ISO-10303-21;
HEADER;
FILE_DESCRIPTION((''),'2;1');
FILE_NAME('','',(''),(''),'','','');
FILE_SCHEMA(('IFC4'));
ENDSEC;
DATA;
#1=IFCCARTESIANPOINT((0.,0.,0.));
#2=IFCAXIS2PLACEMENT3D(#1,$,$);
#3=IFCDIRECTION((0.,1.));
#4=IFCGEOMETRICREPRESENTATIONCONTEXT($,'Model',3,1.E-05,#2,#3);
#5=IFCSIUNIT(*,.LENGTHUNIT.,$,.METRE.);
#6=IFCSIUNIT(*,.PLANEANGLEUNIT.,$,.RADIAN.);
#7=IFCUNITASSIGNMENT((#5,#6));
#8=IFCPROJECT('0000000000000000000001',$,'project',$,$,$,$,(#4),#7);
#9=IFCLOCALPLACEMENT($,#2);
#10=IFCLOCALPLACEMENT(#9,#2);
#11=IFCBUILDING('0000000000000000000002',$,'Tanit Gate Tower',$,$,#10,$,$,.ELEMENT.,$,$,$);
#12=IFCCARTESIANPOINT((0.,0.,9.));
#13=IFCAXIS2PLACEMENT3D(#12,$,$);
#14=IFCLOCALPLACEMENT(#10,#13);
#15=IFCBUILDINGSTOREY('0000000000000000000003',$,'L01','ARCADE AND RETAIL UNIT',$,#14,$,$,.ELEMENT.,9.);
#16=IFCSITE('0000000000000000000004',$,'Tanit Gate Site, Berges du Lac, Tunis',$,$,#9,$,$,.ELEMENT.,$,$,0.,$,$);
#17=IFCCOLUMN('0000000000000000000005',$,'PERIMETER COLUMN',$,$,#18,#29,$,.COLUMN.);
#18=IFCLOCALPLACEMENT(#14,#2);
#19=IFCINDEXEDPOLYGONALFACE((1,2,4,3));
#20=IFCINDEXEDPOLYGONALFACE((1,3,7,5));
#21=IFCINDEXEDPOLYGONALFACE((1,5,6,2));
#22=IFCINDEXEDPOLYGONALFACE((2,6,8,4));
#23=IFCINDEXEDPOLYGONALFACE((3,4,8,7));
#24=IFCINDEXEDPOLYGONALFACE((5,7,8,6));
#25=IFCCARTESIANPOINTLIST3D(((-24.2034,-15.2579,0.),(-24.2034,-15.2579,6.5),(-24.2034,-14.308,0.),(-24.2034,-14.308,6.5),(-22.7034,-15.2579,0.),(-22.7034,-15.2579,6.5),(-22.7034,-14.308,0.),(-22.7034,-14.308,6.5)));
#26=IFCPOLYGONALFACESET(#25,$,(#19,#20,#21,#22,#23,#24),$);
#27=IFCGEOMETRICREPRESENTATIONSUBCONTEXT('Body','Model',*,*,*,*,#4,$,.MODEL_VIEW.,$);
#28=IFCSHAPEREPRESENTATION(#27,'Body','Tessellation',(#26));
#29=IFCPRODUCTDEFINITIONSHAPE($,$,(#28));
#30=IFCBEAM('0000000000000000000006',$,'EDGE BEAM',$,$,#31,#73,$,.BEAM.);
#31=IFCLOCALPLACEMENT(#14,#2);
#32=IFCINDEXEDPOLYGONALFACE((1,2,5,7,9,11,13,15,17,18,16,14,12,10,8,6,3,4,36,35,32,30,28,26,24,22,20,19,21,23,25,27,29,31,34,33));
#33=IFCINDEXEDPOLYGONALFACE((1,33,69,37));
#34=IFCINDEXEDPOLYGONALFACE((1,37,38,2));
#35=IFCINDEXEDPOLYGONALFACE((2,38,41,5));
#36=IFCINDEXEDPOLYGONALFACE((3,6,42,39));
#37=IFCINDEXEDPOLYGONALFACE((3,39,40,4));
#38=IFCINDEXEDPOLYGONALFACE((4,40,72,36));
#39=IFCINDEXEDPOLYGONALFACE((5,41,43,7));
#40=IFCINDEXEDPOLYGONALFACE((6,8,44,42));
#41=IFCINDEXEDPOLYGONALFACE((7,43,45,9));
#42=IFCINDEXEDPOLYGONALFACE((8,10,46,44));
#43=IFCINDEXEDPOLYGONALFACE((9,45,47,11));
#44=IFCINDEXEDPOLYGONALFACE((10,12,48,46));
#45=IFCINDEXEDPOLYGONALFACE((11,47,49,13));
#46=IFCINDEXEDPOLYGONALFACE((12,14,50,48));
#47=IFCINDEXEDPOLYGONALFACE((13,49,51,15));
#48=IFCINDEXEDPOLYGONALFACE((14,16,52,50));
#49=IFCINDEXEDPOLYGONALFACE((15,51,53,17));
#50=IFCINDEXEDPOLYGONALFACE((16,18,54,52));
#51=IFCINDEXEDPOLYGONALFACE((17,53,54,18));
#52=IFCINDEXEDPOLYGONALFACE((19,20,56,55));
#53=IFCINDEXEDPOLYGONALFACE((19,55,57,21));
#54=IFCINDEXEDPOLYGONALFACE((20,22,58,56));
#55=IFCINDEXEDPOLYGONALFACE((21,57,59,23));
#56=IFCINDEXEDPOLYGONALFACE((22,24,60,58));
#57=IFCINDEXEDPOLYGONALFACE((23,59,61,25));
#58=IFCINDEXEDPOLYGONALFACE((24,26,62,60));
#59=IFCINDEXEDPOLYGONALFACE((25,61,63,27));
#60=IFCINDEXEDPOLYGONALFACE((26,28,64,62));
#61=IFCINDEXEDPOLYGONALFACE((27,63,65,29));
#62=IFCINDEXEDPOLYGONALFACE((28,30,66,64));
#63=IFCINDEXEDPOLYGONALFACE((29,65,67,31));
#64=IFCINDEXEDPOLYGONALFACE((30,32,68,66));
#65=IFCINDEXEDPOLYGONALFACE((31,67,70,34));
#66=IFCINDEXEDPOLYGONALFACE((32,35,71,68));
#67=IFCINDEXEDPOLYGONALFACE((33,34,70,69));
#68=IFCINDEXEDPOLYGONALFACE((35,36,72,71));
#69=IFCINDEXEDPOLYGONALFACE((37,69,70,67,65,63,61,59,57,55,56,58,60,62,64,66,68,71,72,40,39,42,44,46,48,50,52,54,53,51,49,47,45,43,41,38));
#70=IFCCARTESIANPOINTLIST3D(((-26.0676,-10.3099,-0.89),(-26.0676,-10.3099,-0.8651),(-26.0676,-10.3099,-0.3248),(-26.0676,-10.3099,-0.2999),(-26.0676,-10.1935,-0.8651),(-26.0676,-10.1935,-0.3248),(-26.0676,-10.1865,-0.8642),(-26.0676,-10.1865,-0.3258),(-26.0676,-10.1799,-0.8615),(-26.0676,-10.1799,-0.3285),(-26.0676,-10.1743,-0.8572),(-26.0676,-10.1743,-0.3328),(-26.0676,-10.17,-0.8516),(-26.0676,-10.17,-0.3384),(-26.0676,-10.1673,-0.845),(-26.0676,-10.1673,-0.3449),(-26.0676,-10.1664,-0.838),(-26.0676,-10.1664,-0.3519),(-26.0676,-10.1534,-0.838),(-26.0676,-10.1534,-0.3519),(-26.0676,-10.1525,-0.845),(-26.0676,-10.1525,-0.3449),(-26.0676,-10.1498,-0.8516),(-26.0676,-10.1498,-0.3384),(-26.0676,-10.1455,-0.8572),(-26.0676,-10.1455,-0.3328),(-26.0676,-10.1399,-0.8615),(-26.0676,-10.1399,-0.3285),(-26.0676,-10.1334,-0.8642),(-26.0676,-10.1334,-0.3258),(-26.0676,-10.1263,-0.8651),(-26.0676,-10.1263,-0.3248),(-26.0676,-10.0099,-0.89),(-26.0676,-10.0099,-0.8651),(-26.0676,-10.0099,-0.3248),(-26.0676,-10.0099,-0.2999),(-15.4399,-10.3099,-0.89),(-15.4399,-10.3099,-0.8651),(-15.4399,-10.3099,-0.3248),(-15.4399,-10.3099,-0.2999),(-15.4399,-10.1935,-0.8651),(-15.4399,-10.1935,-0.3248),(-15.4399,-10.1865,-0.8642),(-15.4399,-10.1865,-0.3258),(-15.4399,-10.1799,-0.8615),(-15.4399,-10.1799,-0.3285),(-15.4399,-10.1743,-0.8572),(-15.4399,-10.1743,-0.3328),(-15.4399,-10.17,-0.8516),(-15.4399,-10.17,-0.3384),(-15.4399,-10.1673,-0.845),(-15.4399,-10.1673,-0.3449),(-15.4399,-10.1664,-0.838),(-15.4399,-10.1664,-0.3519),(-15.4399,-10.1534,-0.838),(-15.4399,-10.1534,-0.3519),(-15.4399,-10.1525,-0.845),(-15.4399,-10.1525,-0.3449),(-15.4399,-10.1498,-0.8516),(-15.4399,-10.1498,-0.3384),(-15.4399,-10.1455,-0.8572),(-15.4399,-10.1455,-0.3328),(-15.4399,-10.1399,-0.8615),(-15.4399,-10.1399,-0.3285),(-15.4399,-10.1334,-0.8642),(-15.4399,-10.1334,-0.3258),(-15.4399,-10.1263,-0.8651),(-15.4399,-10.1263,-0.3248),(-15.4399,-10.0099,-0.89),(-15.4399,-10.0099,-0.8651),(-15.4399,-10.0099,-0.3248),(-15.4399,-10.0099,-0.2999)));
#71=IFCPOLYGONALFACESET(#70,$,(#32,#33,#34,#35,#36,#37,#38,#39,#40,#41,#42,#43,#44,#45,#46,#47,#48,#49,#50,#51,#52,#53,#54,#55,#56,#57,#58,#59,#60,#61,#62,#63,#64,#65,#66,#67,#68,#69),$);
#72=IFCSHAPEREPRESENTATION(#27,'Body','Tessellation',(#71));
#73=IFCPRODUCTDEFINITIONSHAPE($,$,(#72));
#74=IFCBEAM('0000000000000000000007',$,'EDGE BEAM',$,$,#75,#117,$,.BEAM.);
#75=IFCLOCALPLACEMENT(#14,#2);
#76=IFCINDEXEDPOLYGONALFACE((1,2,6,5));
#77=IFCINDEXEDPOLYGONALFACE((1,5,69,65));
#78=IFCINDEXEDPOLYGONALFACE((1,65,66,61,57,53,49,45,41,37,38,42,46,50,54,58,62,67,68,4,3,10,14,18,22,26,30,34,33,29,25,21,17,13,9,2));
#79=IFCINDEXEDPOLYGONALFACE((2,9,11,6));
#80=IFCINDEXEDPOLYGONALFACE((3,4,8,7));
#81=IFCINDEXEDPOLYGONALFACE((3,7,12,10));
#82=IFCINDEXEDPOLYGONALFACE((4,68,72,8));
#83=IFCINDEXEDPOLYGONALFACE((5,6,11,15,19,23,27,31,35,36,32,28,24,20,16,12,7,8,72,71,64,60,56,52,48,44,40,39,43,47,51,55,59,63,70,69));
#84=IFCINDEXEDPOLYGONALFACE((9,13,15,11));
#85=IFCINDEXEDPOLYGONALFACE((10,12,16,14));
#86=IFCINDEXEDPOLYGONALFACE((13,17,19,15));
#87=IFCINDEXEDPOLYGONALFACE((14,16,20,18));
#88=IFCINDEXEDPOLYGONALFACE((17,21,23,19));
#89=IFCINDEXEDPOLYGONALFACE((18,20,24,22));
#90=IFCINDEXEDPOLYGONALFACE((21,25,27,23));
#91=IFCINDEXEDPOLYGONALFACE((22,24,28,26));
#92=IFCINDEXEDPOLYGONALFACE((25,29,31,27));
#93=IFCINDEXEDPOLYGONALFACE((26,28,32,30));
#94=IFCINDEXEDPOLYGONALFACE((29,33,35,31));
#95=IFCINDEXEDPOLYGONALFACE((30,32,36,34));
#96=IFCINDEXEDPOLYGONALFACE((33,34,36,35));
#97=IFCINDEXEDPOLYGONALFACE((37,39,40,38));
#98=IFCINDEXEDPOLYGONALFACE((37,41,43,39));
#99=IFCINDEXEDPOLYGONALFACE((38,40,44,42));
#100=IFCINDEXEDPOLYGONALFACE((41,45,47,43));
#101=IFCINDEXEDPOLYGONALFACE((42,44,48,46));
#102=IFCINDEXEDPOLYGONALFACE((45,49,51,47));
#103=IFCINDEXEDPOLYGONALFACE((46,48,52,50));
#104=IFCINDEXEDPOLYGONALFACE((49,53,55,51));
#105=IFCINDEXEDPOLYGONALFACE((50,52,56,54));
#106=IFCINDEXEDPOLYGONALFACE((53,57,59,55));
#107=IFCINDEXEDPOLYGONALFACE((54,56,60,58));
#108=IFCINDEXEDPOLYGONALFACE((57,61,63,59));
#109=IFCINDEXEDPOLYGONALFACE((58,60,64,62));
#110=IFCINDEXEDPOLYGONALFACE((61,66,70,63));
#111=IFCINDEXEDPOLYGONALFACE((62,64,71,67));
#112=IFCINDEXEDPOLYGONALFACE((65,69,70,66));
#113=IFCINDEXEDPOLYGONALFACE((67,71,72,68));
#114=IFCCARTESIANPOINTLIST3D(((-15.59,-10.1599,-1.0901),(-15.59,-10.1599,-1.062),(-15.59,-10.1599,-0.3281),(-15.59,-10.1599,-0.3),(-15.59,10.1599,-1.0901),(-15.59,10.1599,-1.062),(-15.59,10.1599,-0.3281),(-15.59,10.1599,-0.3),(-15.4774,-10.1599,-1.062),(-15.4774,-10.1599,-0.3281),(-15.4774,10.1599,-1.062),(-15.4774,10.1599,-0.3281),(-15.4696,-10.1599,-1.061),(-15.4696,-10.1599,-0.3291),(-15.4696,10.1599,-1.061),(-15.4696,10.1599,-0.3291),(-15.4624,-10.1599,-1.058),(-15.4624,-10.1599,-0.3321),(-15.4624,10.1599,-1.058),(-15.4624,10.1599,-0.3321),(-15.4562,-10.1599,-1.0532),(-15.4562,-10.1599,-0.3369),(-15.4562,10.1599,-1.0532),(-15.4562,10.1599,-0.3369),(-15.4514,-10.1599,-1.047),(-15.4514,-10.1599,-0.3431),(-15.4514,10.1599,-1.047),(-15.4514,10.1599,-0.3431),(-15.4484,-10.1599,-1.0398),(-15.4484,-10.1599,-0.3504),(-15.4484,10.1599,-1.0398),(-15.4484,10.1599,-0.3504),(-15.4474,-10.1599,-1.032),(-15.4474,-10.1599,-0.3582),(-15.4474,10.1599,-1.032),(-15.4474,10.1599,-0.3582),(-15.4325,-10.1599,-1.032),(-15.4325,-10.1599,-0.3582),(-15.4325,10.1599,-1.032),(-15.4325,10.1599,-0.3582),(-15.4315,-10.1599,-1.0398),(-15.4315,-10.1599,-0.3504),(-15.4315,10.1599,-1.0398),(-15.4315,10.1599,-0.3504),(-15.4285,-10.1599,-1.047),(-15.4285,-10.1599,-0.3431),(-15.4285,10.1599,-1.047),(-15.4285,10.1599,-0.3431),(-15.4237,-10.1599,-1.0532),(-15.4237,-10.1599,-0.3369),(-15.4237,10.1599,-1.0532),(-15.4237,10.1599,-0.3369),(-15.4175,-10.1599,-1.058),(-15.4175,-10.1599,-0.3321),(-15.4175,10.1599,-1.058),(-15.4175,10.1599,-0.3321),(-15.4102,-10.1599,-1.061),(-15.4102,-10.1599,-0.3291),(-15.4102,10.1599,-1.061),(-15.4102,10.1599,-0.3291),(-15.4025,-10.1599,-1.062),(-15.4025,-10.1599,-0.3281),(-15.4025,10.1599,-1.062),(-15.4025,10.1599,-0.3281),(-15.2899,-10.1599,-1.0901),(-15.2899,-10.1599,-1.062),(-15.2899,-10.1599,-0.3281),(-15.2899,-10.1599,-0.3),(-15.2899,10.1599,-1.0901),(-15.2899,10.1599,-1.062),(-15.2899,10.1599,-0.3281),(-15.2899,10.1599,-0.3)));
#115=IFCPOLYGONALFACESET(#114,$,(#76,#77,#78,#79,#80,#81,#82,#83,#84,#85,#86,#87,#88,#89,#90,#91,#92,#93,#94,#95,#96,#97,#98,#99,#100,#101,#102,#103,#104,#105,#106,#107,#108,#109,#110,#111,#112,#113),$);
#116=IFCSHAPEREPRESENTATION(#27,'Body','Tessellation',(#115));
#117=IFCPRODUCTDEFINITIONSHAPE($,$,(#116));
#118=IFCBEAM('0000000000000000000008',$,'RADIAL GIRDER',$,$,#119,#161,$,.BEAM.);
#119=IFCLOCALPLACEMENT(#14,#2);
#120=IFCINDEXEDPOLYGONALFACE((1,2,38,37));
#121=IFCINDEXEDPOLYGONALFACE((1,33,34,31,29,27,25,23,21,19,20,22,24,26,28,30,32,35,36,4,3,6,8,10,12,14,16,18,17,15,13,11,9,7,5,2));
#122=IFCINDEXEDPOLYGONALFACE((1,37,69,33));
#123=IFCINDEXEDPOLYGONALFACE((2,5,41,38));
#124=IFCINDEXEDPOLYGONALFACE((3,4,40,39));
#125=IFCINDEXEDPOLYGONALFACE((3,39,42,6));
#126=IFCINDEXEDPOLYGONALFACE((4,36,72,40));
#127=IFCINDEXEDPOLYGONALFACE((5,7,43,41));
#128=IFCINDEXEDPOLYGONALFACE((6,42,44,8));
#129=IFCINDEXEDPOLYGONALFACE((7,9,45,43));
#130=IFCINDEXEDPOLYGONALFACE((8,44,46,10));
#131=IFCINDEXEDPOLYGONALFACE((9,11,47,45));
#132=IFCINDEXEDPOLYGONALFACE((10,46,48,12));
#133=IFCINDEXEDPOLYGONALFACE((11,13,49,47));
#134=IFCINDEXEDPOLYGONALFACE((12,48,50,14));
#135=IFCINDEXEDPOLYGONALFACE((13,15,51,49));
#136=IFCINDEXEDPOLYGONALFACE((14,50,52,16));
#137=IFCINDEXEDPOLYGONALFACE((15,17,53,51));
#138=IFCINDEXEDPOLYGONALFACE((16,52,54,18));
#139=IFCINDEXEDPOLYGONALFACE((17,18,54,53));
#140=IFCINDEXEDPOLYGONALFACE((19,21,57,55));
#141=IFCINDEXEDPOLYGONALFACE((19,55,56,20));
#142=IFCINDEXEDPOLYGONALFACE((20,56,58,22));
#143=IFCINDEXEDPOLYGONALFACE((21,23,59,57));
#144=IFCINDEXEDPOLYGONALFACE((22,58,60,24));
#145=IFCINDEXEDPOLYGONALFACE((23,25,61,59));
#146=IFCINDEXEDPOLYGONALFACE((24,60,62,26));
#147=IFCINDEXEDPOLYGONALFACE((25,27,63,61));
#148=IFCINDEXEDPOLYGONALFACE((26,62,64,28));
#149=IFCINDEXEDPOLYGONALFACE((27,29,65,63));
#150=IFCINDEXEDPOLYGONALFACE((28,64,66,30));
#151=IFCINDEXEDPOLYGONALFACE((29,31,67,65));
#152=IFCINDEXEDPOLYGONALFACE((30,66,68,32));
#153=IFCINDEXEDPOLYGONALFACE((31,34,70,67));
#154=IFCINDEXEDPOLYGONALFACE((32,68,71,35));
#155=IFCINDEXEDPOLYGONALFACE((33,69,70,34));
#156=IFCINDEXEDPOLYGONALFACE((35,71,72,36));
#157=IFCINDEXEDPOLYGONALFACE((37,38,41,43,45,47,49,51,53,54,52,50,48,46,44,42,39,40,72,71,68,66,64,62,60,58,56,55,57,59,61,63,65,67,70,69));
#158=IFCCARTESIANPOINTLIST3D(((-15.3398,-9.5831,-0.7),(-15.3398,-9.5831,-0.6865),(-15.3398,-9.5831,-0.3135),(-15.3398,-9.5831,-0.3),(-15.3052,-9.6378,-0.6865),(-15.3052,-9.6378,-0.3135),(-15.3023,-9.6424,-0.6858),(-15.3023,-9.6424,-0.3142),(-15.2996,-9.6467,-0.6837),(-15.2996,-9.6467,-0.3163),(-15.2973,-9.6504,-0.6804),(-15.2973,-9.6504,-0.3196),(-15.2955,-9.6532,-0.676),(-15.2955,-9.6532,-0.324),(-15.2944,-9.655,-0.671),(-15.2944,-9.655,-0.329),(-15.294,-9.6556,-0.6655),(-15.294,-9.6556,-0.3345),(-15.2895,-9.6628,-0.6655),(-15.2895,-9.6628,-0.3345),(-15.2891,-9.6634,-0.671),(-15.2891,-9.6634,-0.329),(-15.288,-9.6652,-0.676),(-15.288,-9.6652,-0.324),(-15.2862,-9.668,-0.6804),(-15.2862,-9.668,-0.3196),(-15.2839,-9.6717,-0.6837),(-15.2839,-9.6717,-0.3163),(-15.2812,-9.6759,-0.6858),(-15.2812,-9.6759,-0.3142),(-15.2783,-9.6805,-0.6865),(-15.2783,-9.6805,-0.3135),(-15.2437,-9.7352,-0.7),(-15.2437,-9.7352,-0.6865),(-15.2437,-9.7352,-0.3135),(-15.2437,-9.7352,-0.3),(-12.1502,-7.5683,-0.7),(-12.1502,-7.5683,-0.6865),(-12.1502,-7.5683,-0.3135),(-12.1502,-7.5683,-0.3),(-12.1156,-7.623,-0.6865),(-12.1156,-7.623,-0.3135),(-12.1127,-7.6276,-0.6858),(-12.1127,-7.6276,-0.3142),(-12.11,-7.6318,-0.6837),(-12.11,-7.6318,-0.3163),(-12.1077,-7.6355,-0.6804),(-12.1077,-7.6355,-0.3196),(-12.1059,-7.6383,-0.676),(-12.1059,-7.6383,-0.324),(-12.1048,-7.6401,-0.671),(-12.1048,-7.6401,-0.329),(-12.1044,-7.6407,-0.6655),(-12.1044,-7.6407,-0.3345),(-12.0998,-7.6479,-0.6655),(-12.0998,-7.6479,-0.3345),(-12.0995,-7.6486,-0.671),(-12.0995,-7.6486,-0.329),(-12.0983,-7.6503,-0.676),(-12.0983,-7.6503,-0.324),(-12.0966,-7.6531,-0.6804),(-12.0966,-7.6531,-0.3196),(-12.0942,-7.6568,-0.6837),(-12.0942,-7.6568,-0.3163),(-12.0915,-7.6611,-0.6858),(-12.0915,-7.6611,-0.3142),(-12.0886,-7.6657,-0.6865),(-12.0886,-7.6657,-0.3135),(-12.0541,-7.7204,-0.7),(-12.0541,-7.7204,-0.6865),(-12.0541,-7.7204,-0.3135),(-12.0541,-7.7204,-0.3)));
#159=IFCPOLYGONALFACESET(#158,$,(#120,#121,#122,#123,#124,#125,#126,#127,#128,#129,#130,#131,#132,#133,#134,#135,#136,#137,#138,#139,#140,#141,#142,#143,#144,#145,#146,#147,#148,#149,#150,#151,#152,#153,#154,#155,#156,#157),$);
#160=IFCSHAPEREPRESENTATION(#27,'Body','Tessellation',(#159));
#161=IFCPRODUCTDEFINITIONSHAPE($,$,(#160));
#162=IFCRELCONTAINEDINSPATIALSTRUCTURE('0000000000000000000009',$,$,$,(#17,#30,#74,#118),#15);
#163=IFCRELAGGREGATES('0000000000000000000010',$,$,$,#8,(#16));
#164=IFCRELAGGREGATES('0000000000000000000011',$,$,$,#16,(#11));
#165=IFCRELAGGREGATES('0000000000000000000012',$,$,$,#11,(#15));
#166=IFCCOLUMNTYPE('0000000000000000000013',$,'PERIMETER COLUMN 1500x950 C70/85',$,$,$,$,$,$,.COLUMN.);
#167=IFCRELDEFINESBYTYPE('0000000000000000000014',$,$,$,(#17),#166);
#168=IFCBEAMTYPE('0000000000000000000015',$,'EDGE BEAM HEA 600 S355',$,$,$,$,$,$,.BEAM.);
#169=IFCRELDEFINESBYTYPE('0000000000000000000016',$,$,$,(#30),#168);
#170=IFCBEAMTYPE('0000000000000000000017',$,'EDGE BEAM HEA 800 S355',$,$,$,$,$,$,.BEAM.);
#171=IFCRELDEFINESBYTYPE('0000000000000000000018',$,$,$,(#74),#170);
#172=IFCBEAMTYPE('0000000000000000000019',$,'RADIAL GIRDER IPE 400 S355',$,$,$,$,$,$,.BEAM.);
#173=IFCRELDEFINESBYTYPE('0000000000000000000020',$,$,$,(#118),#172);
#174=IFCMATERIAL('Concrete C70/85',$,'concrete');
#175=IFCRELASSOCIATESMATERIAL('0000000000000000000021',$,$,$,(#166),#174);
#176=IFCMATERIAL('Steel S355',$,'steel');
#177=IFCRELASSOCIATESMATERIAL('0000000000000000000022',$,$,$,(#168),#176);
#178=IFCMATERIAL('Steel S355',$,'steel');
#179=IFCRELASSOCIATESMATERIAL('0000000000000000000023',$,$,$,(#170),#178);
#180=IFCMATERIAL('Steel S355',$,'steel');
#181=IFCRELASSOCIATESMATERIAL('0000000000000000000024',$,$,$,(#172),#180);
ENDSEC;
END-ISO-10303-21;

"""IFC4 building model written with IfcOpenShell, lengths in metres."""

from ifc_helpers import new_model, si_unit, direction, frame, origin, origin_2d, place, context, subcontext, project, spatial, rectangle, i_section, extrude, material, material_profile, profile_set, type_object, element, save


model = new_model("IFC4")

# Units and contexts
model_context = context("Model", 3, precision=1e-05, world=origin(), true_north=direction((0.0, 1.0)))
body_context = subcontext(model_context, "Body", "Model", "MODEL_VIEW")
ifc_project = project(units=[si_unit("LENGTHUNIT", "METRE"), si_unit("PLANEANGLEUNIT", "RADIAN")], contexts=[model_context])

# Site, building, storey
site_placement = place(None, origin())
site = spatial("IfcSite", under=ifc_project, at=site_placement, Name="Tanit Gate Site, Berges du Lac, Tunis", CompositionType="ELEMENT", RefElevation=0.0)
building_placement = place(site_placement, origin())
building = spatial("IfcBuilding", under=site, at=building_placement, Name="Tanit Gate Tower", CompositionType="ELEMENT")
storey_placement = place(building_placement, frame((0.0, 0.0, 9.0)))
storey = spatial("IfcBuildingStorey", under=building, at=storey_placement, Name="L01", Description="ARCADE AND RETAIL UNIT", CompositionType="ELEMENT", Elevation=9.0)

# Column
ifc_material_1 = material(Name="Concrete C70/85", Category="concrete")
ifc_material_profile_1 = material_profile(ifc_material_1, rectangle(XDim=1.5, YDim=0.95, at=origin_2d()), Name="RC 1500x950")
ifc_profile_set_1 = profile_set([ifc_material_profile_1], Name="Concrete C70/85")
column_type = type_object("IfcColumnType", Name="PERIMETER COLUMN 1500x950 C70/85", PredefinedType="COLUMN", material=ifc_profile_set_1)
column_placement = place(storey_placement, frame((-23.4534, -14.783, 0.0), z_axis=(0.0, 0.0, 1.0), x_axis=(-1.0, 0.0, 0.0)))
element("IfcColumn", 1, at=column_placement, inside=storey, type_object=column_type, Name="PERIMETER COLUMN", PredefinedType="COLUMN", context=body_context, shape_type="SweptSolid", body=[
    extrude(rectangle(XDim=1.5, YDim=0.95, at=origin_2d()), origin(), (0.0, 0.0, 1.0), 6.5),
])

# Beams
ifc_material_2 = material(Name="Steel S355", Category="steel")
ifc_material_profile_2 = material_profile(ifc_material_2, i_section(OverallWidth=0.3, OverallDepth=0.5901, WebThickness=0.0129, FlangeThickness=0.0249, FilletRadius=0.0271, at=origin_2d()), Name="HEA 600")
ifc_profile_set_2 = profile_set([ifc_material_profile_2], Name="Steel S355")
beam_type_1 = type_object("IfcBeamType", Name="EDGE BEAM HEA 600 S355", PredefinedType="BEAM", material=ifc_profile_set_2)
beam_1_placement = place(storey_placement, frame((-26.0676, -10.1599, -0.595), z_axis=(1.0, 0.0, 0.0), x_axis=(0.0, 1.0, 0.0)))
element("IfcBeam", 2, at=beam_1_placement, inside=storey, type_object=beam_type_1, Name="EDGE BEAM", PredefinedType="BEAM", context=body_context, shape_type="SweptSolid", body=[
    extrude(i_section(OverallWidth=0.3, OverallDepth=0.5901, WebThickness=0.0129, FlangeThickness=0.0249, FilletRadius=0.0271, at=origin_2d()), origin(), (0.0, 0.0, 1.0), 10.6277),
])
ifc_material_3 = material(Name="Steel S355", Category="steel")
ifc_material_profile_3 = material_profile(ifc_material_3, i_section(OverallWidth=0.3, OverallDepth=0.79, WebThickness=0.0149, FlangeThickness=0.0281, FilletRadius=0.03, at=origin_2d()), Name="HEA 800")
ifc_profile_set_3 = profile_set([ifc_material_profile_3], Name="Steel S355")
beam_type_2 = type_object("IfcBeamType", Name="EDGE BEAM HEA 800 S355", PredefinedType="BEAM", material=ifc_profile_set_3)
beam_2_placement = place(storey_placement, frame((-15.4399, -10.1599, -0.6951), z_axis=(0.0, 1.0, 0.0), x_axis=(-1.0, 0.0, 0.0)))
element("IfcBeam", 3, at=beam_2_placement, inside=storey, type_object=beam_type_2, Name="EDGE BEAM", PredefinedType="BEAM", context=body_context, shape_type="SweptSolid", body=[
    extrude(i_section(OverallWidth=0.3, OverallDepth=0.79, WebThickness=0.0149, FlangeThickness=0.0281, FilletRadius=0.03, at=origin_2d()), origin(), (0.0, 0.0, 1.0), 20.3198),
])
ifc_material_4 = material(Name="Steel S355", Category="steel")
ifc_material_profile_4 = material_profile(ifc_material_4, i_section(OverallWidth=0.1799, OverallDepth=0.3999, WebThickness=0.0085, FlangeThickness=0.0134, FilletRadius=0.021, at=origin_2d()), Name="IPE 400")
ifc_profile_set_4 = profile_set([ifc_material_profile_4], Name="Steel S355")
beam_type_3 = type_object("IfcBeamType", Name="RADIAL GIRDER IPE 400 S355", PredefinedType="BEAM", material=ifc_profile_set_4)
beam_3_placement = place(storey_placement, frame((-15.2917, -9.6592, -0.5), z_axis=(0.845447, 0.534059, 0.0), x_axis=(-0.534059, 0.845447, 0.0)))
element("IfcBeam", 4, at=beam_3_placement, inside=storey, type_object=beam_type_3, Name="RADIAL GIRDER", PredefinedType="BEAM", context=body_context, shape_type="SweptSolid", body=[
    extrude(i_section(OverallWidth=0.1799, OverallDepth=0.3999, WebThickness=0.0085, FlangeThickness=0.0134, FilletRadius=0.021, at=origin_2d()), origin(), (0.0, 0.0, 1.0), 3.7727),
])

save(model, "model.ifc")
